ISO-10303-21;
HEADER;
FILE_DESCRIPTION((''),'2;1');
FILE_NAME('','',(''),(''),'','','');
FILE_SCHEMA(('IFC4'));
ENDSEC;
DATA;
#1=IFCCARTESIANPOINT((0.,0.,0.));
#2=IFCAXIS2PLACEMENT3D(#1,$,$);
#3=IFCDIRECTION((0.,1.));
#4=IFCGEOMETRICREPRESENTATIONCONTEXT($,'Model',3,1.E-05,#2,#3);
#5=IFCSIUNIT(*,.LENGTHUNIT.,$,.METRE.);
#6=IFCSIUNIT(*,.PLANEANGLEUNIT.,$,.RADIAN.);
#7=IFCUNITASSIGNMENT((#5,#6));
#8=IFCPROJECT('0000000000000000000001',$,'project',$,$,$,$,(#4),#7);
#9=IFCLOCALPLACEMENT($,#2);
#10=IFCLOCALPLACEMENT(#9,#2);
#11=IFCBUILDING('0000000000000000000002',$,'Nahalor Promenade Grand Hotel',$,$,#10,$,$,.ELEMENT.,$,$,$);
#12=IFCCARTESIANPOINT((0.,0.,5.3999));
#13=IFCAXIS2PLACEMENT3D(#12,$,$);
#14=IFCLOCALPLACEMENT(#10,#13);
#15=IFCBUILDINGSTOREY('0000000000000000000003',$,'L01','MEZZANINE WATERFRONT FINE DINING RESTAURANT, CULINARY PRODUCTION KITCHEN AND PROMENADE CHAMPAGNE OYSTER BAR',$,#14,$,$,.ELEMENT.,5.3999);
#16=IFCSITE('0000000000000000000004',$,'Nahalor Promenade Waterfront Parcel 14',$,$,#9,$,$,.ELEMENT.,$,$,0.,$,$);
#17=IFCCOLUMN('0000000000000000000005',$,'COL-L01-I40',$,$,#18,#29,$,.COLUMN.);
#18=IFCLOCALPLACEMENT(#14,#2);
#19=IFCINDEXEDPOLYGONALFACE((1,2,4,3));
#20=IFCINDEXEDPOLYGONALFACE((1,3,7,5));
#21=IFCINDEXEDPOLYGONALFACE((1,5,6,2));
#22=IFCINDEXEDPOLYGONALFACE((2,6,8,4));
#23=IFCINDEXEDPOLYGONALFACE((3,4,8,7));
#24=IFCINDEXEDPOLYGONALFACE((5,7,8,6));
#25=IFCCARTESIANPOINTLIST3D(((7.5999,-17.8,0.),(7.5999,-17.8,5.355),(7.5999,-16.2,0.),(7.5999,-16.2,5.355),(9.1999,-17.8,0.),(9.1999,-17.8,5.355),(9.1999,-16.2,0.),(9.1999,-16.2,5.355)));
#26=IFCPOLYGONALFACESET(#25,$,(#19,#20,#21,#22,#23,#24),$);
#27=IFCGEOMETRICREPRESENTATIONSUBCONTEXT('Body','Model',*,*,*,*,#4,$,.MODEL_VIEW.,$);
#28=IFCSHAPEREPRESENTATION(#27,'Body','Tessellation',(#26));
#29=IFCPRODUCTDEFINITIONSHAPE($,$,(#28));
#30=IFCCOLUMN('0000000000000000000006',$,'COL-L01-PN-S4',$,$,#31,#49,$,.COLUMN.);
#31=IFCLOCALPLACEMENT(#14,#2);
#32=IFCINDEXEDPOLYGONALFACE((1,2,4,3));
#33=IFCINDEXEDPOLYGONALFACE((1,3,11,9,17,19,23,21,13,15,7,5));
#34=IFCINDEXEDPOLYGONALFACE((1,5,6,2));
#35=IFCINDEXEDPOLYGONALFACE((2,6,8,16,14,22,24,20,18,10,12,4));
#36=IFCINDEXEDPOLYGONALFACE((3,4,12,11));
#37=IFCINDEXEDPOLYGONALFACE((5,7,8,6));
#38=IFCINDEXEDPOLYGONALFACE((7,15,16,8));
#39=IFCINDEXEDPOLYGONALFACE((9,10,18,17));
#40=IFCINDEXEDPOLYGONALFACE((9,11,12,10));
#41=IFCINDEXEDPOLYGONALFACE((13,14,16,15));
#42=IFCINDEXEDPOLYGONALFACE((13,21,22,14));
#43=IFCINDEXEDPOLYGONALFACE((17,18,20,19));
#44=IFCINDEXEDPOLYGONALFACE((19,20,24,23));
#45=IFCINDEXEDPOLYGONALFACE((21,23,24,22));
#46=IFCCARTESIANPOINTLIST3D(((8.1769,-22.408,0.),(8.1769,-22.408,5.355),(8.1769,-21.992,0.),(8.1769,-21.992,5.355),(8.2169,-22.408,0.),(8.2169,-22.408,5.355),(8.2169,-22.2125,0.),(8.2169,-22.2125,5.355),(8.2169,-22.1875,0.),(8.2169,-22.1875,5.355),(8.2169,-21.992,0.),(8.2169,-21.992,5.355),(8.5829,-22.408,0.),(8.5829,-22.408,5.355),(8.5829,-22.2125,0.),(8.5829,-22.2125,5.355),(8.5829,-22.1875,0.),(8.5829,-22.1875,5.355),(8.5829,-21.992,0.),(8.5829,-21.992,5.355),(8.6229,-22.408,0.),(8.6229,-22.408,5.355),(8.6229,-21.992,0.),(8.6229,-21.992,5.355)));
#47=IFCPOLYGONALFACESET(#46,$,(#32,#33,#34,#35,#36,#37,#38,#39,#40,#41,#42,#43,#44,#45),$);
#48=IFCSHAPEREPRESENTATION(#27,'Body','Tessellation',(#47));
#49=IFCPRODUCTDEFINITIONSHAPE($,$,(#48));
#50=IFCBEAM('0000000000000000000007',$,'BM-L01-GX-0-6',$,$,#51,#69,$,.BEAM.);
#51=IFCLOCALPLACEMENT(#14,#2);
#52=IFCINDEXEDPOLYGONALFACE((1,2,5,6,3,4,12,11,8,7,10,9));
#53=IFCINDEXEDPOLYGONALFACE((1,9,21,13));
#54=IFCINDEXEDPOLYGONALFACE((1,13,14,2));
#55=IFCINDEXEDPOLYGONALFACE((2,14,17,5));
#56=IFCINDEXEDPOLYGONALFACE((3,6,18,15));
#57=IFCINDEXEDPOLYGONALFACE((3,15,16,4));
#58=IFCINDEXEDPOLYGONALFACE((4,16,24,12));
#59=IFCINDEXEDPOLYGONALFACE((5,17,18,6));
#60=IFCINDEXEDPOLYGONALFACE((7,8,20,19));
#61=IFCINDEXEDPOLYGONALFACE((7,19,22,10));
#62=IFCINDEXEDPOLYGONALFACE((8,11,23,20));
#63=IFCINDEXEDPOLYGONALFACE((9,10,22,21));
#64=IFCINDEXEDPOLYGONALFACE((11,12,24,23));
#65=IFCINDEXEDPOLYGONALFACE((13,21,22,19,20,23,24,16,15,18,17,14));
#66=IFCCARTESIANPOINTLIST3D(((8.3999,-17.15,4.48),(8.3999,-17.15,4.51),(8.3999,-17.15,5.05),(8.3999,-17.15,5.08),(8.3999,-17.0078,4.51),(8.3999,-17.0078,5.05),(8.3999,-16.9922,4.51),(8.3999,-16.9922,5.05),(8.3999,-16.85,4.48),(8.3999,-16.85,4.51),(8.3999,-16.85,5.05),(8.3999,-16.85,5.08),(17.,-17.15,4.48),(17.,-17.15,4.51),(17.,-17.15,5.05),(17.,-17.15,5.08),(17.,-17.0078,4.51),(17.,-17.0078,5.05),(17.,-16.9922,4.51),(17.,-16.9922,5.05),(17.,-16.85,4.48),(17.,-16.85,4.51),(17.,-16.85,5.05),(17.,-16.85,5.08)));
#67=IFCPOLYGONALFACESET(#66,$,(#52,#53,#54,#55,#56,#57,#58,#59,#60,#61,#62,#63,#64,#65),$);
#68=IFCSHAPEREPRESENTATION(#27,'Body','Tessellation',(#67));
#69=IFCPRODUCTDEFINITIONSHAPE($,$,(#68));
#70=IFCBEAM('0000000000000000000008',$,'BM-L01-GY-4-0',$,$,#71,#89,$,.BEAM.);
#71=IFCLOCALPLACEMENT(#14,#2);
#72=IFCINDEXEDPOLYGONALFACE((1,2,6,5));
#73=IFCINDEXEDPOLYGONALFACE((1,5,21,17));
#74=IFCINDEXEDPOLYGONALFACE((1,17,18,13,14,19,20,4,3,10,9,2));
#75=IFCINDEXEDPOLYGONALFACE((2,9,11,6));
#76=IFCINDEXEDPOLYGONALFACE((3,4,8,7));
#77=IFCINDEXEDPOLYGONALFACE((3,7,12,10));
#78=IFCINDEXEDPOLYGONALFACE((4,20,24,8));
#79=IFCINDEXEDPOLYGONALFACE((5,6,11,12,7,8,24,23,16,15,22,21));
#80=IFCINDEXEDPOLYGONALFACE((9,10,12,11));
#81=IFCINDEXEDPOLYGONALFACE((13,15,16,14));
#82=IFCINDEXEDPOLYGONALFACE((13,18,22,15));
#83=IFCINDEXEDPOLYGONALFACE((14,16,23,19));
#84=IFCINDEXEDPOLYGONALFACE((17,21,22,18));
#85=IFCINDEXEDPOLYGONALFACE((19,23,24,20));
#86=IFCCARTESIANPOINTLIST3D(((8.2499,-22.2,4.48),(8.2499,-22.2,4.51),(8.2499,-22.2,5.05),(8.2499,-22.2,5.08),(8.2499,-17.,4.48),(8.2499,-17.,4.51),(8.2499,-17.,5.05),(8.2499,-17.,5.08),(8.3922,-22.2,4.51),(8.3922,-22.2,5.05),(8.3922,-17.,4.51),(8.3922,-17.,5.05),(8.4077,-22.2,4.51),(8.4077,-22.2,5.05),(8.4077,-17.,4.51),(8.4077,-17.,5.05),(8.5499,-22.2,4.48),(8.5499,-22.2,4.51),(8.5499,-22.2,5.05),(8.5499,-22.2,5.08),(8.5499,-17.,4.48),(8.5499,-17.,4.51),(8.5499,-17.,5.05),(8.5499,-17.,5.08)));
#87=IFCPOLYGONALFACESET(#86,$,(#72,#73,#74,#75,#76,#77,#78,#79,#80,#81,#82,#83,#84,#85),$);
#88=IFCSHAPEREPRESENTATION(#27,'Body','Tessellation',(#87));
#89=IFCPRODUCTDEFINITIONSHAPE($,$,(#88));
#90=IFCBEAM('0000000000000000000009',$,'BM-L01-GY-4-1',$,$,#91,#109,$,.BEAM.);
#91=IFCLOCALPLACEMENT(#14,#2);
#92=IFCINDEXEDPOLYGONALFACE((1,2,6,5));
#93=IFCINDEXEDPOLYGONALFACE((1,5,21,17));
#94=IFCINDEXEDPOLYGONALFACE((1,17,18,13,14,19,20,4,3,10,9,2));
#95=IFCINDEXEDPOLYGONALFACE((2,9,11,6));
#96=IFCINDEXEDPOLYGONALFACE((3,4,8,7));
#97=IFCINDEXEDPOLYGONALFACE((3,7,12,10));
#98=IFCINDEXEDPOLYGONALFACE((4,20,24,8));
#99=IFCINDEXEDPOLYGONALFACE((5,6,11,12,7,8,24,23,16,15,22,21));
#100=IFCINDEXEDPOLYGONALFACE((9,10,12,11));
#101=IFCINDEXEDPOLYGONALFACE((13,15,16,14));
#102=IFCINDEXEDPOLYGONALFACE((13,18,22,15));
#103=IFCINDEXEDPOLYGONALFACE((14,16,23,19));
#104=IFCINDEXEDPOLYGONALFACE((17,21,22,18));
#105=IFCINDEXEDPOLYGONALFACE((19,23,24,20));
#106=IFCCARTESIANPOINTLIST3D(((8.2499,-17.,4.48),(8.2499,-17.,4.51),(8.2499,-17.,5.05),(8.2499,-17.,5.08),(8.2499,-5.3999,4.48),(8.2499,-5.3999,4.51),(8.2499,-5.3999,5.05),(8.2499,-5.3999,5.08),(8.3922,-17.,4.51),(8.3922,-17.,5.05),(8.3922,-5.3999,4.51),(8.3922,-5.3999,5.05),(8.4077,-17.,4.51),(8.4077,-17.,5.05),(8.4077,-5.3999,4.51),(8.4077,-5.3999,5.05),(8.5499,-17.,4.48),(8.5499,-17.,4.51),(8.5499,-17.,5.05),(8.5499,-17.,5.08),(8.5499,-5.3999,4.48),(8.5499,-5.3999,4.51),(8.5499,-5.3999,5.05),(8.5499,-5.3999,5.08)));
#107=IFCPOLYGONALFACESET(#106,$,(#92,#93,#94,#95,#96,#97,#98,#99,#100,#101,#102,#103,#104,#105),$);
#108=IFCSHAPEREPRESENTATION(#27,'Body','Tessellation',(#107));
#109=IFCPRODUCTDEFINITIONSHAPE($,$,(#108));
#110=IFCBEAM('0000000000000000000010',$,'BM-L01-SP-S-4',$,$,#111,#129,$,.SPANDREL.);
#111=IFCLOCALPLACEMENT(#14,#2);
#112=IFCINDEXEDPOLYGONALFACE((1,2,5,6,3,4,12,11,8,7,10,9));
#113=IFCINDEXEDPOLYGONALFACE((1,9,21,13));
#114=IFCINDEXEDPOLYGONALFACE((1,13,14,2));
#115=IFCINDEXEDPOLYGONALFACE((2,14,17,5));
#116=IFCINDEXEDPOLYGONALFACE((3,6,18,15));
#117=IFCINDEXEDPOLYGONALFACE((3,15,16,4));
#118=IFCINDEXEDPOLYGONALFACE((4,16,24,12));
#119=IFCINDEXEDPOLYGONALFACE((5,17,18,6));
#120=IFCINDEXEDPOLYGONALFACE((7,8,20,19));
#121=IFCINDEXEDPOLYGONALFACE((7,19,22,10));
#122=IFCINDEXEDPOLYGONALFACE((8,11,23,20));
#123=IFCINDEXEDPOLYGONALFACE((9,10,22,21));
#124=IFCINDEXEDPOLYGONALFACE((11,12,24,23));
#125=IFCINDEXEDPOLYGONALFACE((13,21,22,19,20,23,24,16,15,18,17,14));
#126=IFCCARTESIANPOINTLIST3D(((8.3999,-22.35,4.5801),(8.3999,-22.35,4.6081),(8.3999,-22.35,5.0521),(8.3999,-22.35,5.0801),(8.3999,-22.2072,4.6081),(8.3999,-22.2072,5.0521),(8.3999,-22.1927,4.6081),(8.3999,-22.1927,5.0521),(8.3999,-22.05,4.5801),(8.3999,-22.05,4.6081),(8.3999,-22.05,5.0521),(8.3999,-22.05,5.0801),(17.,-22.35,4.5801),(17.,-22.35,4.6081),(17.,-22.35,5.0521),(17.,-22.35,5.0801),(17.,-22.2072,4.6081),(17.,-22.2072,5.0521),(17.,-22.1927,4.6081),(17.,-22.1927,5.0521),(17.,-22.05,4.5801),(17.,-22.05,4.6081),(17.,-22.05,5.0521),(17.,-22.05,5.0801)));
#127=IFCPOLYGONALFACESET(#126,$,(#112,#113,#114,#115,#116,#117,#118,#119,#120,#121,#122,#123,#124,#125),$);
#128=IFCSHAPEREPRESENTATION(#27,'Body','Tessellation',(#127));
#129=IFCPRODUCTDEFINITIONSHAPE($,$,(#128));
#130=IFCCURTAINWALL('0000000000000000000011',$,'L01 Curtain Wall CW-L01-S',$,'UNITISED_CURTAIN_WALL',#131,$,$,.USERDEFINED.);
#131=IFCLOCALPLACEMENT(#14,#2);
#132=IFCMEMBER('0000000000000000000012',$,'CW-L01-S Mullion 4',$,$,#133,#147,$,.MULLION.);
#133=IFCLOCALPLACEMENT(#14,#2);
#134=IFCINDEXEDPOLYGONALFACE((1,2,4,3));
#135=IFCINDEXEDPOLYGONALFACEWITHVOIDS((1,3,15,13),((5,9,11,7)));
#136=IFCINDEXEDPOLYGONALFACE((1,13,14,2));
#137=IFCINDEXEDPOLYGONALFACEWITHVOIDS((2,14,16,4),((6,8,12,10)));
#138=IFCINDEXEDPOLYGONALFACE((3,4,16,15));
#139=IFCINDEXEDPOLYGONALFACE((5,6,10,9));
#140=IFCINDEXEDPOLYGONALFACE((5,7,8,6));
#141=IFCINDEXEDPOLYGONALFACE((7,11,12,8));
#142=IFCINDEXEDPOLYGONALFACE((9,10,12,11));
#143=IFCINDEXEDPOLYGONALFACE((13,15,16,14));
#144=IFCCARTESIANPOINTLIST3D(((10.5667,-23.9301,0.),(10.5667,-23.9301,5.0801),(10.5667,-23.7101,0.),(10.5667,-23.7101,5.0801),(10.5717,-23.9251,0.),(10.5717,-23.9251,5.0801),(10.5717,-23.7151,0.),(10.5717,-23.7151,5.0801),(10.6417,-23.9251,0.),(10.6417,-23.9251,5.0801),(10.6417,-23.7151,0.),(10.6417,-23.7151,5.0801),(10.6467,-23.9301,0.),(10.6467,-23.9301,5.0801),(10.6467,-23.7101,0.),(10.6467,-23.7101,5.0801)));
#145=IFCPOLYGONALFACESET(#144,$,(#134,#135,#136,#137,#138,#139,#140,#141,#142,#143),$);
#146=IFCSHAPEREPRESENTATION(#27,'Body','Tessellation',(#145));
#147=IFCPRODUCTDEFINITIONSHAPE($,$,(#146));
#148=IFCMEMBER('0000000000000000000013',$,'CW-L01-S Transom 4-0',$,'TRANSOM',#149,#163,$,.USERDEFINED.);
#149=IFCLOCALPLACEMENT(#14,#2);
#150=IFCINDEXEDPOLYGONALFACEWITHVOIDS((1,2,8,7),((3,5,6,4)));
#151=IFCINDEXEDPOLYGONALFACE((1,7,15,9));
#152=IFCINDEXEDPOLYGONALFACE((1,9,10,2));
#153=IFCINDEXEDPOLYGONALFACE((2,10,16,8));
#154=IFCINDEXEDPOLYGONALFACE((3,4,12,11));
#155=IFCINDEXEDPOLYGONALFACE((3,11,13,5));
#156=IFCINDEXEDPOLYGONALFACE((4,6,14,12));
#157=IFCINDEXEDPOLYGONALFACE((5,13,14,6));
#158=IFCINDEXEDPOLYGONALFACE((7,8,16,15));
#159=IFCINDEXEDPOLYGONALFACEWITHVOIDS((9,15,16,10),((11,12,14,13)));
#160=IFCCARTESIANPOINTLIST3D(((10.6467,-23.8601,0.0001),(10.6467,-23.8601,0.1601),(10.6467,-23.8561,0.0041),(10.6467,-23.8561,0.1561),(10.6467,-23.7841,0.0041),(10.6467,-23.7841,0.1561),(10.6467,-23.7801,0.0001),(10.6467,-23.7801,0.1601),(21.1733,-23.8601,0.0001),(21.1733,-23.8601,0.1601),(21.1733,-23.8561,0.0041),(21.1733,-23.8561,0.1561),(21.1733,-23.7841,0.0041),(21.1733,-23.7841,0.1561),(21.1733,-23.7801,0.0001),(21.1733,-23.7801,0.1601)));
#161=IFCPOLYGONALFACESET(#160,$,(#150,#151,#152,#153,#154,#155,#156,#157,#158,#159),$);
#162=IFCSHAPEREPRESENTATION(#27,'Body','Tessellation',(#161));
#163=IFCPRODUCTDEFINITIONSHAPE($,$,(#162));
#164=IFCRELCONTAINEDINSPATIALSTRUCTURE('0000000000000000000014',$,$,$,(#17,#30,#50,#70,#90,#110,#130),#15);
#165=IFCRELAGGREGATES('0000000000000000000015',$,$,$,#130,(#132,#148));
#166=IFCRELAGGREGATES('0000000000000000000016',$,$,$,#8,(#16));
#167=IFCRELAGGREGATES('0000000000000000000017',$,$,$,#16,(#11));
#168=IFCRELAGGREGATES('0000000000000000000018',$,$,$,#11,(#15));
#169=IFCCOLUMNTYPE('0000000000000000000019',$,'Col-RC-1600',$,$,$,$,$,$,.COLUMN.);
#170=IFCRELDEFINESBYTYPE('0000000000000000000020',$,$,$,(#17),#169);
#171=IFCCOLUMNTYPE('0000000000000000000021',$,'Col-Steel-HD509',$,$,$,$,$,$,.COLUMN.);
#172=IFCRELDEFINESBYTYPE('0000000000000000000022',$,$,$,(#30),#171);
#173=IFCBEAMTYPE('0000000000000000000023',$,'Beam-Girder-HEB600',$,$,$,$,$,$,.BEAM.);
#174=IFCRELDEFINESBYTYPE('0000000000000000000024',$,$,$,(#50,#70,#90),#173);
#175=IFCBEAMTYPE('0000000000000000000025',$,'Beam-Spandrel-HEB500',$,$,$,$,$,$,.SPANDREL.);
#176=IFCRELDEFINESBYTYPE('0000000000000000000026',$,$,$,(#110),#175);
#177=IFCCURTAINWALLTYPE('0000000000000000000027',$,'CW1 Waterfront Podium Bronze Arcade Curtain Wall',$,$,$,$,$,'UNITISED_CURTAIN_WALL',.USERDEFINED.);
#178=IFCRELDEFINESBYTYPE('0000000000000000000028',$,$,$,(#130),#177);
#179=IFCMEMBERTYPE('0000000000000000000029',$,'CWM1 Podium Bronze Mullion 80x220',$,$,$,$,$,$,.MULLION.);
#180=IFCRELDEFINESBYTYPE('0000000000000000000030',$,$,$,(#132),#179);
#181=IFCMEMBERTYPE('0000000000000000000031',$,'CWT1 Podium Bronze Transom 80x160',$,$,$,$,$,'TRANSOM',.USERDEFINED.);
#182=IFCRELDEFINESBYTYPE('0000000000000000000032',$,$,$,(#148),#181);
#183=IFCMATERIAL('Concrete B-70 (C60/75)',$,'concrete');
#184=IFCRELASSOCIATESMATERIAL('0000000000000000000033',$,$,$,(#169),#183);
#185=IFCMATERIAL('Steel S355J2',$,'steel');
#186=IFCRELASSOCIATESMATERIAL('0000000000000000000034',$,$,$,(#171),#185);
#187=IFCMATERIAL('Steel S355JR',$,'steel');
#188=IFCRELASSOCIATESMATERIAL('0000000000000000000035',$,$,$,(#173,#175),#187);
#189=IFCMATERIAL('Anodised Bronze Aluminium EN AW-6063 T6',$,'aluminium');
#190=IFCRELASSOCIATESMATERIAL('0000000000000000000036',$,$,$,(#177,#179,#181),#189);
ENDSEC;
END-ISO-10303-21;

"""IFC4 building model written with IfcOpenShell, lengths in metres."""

from ifc_helpers import new_model, si_unit, direction, frame, origin, origin_2d, place, context, subcontext, project, spatial, rectangle, hollow_rectangle, i_section, extrude, source, transform, mapped, material, material_profile, profile_set, type_object, element, aggregate, save


model = new_model("IFC4")

# Units and contexts
model_context = context("Model", 3, precision=1e-05, world=origin(), true_north=direction((0.0, 1.0)))
body_context = subcontext(model_context, "Body", "Model", "MODEL_VIEW")
ifc_project = project(units=[si_unit("LENGTHUNIT", "METRE"), si_unit("PLANEANGLEUNIT", "RADIAN")], contexts=[model_context])

# Site, building, storey
site_placement = place(None, origin())
site = spatial("IfcSite", under=ifc_project, at=site_placement, Name="Nahalor Promenade Waterfront Parcel 14", CompositionType="ELEMENT", RefElevation=0.0)
building_placement = place(site_placement, origin())
building = spatial("IfcBuilding", under=site, at=building_placement, Name="Nahalor Promenade Grand Hotel", CompositionType="ELEMENT")
storey_placement = place(building_placement, frame((0.0, 0.0, 5.3999)))
storey = spatial("IfcBuildingStorey", under=building, at=storey_placement, Name="L01", Description="MEZZANINE WATERFRONT FINE DINING RESTAURANT, CULINARY PRODUCTION KITCHEN AND PROMENADE CHAMPAGNE OYSTER BAR", CompositionType="ELEMENT", Elevation=5.3999)

# Columns
ifc_material_1 = material(Name="Concrete B-70 (C60/75)", Category="concrete")
ifc_material_profile_1 = material_profile(ifc_material_1, rectangle(XDim=1.6, YDim=1.6, at=origin_2d()), Name="RC 1600x1600")
ifc_profile_set_1 = profile_set([ifc_material_profile_1], Name="Concrete B-70 (C60/75)")
column_type_1 = type_object("IfcColumnType", Name="Col-RC-1600", PredefinedType="COLUMN", material=ifc_profile_set_1)
shared_shape_1 = source(origin(), body_context, "Body", "SweptSolid", [
    extrude(rectangle(XDim=1.6, YDim=1.6, at=origin_2d()), origin(), (0.0, 0.0, 1.0), 5.355),
])
column_1_placement = place(storey_placement, frame((8.3999, -17.0, 0.0), z_axis=(0.0, 0.0, 1.0), x_axis=(1.0, 0.0, 0.0)))
element("IfcColumn", 1, at=column_1_placement, inside=storey, type_object=column_type_1, Name="COL-L01-I40", PredefinedType="COLUMN", context=body_context, shape_type="MappedRepresentation", body=[
    mapped(shared_shape_1, transform((0.0, 0.0, 0.0), scale=1.0)),
])
ifc_material_2 = material(Name="Steel S355J2", Category="steel")
ifc_material_profile_2 = material_profile(ifc_material_2, i_section(OverallWidth=0.416, OverallDepth=0.446, WebThickness=0.025, FlangeThickness=0.04, at=origin_2d()), Name="HD 400x509")
ifc_profile_set_2 = profile_set([ifc_material_profile_2], Name="Steel S355J2")
column_type_2 = type_object("IfcColumnType", Name="Col-Steel-HD509", PredefinedType="COLUMN", material=ifc_profile_set_2)
shared_shape_2 = source(origin(), body_context, "Body", "SweptSolid", [
    extrude(i_section(OverallWidth=0.416, OverallDepth=0.446, WebThickness=0.025, FlangeThickness=0.04, at=origin_2d()), origin(), (0.0, 0.0, 1.0), 5.355),
])
column_2_placement = place(storey_placement, frame((8.3999, -22.2, 0.0), z_axis=(0.0, 0.0, 1.0), x_axis=(0.0, 1.0, 0.0)))
element("IfcColumn", 2, at=column_2_placement, inside=storey, type_object=column_type_2, Name="COL-L01-PN-S4", PredefinedType="COLUMN", context=body_context, shape_type="MappedRepresentation", body=[
    mapped(shared_shape_2, transform((0.0, 0.0, 0.0), scale=1.0)),
])

# Beams
ifc_material_3 = material(Name="Steel S355JR", Category="steel")
ifc_material_profile_3 = material_profile(ifc_material_3, i_section(OverallWidth=0.3, OverallDepth=0.6, WebThickness=0.0155, FlangeThickness=0.03, at=origin_2d()), Name="HEB 600")
ifc_profile_set_3 = profile_set([ifc_material_profile_3], Name="Steel S355JR")
beam_type_1 = type_object("IfcBeamType", Name="Beam-Girder-HEB600", PredefinedType="BEAM", material=ifc_profile_set_3)
shared_shape_3 = source(origin(), body_context, "Body", "SweptSolid", [
    extrude(i_section(OverallWidth=0.3, OverallDepth=0.6, WebThickness=0.0155, FlangeThickness=0.03, at=origin_2d()), origin(), (0.0, 0.0, 1.0), 8.6001),
])
beam_1_placement = place(storey_placement, frame((8.3999, -17.0, 4.78), z_axis=(1.0, 0.0, 0.0), x_axis=(0.0, 1.0, 0.0)))
element("IfcBeam", 3, at=beam_1_placement, inside=storey, type_object=beam_type_1, Name="BM-L01-GX-0-6", PredefinedType="BEAM", context=body_context, shape_type="MappedRepresentation", body=[
    mapped(shared_shape_3, transform((0.0, 0.0, 0.0), scale=1.0)),
])
shared_shape_4 = source(origin(), body_context, "Body", "SweptSolid", [
    extrude(i_section(OverallWidth=0.3, OverallDepth=0.6, WebThickness=0.0155, FlangeThickness=0.03, at=origin_2d()), origin(), (0.0, 0.0, 1.0), 5.2),
])
beam_2_placement = place(storey_placement, frame((8.3999, -22.2, 4.78), z_axis=(0.0, 1.0, 0.0), x_axis=(-1.0, 0.0, 0.0)))
element("IfcBeam", 4, at=beam_2_placement, inside=storey, type_object=beam_type_1, Name="BM-L01-GY-4-0", PredefinedType="BEAM", context=body_context, shape_type="MappedRepresentation", body=[
    mapped(shared_shape_4, transform((0.0, 0.0, 0.0), scale=1.0)),
])
shared_shape_5 = source(origin(), body_context, "Body", "SweptSolid", [
    extrude(i_section(OverallWidth=0.3, OverallDepth=0.6, WebThickness=0.0155, FlangeThickness=0.03, at=origin_2d()), origin(), (0.0, 0.0, 1.0), 11.6001),
])
beam_3_placement = place(storey_placement, frame((8.3999, -17.0, 4.78), z_axis=(0.0, 1.0, 0.0), x_axis=(-1.0, 0.0, 0.0)))
element("IfcBeam", 5, at=beam_3_placement, inside=storey, type_object=beam_type_1, Name="BM-L01-GY-4-1", PredefinedType="BEAM", context=body_context, shape_type="MappedRepresentation", body=[
    mapped(shared_shape_5, transform((0.0, 0.0, 0.0), scale=1.0)),
])
ifc_material_profile_4 = material_profile(ifc_material_3, i_section(OverallWidth=0.3, OverallDepth=0.5, WebThickness=0.0145, FlangeThickness=0.028, at=origin_2d()), Name="HEB 500")
ifc_profile_set_4 = profile_set([ifc_material_profile_4], Name="Steel S355JR")
beam_type_2 = type_object("IfcBeamType", Name="Beam-Spandrel-HEB500", PredefinedType="SPANDREL", material=ifc_profile_set_4)
shared_shape_6 = source(origin(), body_context, "Body", "SweptSolid", [
    extrude(i_section(OverallWidth=0.3, OverallDepth=0.5, WebThickness=0.0145, FlangeThickness=0.028, at=origin_2d()), origin(), (0.0, 0.0, 1.0), 8.6001),
])
beam_4_placement = place(storey_placement, frame((8.3999, -22.2, 4.8301), z_axis=(1.0, 0.0, 0.0), x_axis=(0.0, 1.0, 0.0)))
element("IfcBeam", 6, at=beam_4_placement, inside=storey, type_object=beam_type_2, Name="BM-L01-SP-S-4", PredefinedType="SPANDREL", context=body_context, shape_type="MappedRepresentation", body=[
    mapped(shared_shape_6, transform((0.0, 0.0, 0.0), scale=1.0)),
])

# Curtain wall, members
ifc_material_4 = material(Name="Anodised Bronze Aluminium EN AW-6063 T6", Category="aluminium")
curtain_wall_type = type_object("IfcCurtainWallType", Name="CW1 Waterfront Podium Bronze Arcade Curtain Wall", ElementType="UNITISED_CURTAIN_WALL", PredefinedType="USERDEFINED", material=ifc_material_4)
curtain_wall_placement = place(storey_placement, origin())
curtain_wall = element("IfcCurtainWall", 7, at=curtain_wall_placement, inside=storey, type_object=curtain_wall_type, Name="L01 Curtain Wall CW-L01-S", ObjectType="UNITISED_CURTAIN_WALL", PredefinedType="USERDEFINED")
ifc_material_profile_5 = material_profile(ifc_material_4, hollow_rectangle(XDim=0.08, YDim=0.22, WallThickness=0.005, at=origin_2d()), Name="CWM 80x220x5")
ifc_profile_set_5 = profile_set([ifc_material_profile_5], Name="Anodised Bronze Aluminium EN AW-6063 T6")
member_type_1 = type_object("IfcMemberType", Name="CWM1 Podium Bronze Mullion 80x220", PredefinedType="MULLION", material=ifc_profile_set_5)
shared_shape_7 = source(origin(), body_context, "Body", "SweptSolid", [
    extrude(hollow_rectangle(XDim=0.08, YDim=0.22, WallThickness=0.005, at=origin_2d()), origin(), (0.0, 0.0, 1.0), 5.0801),
])
member_1_placement = place(storey_placement, frame((10.6067, -23.8201, 0.0), z_axis=(0.0, 0.0, 1.0), x_axis=(1.0, 0.0, 0.0)))
member_1 = element("IfcMember", 8, at=member_1_placement, type_object=member_type_1, Name="CW-L01-S Mullion 4", PredefinedType="MULLION", context=body_context, shape_type="MappedRepresentation", body=[
    mapped(shared_shape_7, transform((0.0, 0.0, 0.0), scale=1.0)),
])
ifc_material_profile_6 = material_profile(ifc_material_4, hollow_rectangle(XDim=0.08, YDim=0.16, WallThickness=0.004, at=origin_2d()), Name="CWT 80x160x4")
ifc_profile_set_6 = profile_set([ifc_material_profile_6], Name="Anodised Bronze Aluminium EN AW-6063 T6")
member_type_2 = type_object("IfcMemberType", Name="CWT1 Podium Bronze Transom 80x160", ElementType="TRANSOM", PredefinedType="USERDEFINED", material=ifc_profile_set_6)
shared_shape_8 = source(origin(), body_context, "Body", "SweptSolid", [
    extrude(hollow_rectangle(XDim=0.08, YDim=0.16, WallThickness=0.004, at=origin_2d()), origin(), (0.0, 0.0, 1.0), 10.5266),
])
member_2_placement = place(storey_placement, frame((10.6467, -23.8201, 0.0801), z_axis=(1.0, 0.0, 0.0), x_axis=(0.0, 1.0, 0.0)))
member_2 = element("IfcMember", 9, at=member_2_placement, type_object=member_type_2, Name="CW-L01-S Transom 4-0", ObjectType="TRANSOM", PredefinedType="USERDEFINED", context=body_context, shape_type="MappedRepresentation", body=[
    mapped(shared_shape_8, transform((0.0, 0.0, 0.0), scale=1.0)),
])
aggregate(curtain_wall, [member_1, member_2])

save(model, "model.ifc")
